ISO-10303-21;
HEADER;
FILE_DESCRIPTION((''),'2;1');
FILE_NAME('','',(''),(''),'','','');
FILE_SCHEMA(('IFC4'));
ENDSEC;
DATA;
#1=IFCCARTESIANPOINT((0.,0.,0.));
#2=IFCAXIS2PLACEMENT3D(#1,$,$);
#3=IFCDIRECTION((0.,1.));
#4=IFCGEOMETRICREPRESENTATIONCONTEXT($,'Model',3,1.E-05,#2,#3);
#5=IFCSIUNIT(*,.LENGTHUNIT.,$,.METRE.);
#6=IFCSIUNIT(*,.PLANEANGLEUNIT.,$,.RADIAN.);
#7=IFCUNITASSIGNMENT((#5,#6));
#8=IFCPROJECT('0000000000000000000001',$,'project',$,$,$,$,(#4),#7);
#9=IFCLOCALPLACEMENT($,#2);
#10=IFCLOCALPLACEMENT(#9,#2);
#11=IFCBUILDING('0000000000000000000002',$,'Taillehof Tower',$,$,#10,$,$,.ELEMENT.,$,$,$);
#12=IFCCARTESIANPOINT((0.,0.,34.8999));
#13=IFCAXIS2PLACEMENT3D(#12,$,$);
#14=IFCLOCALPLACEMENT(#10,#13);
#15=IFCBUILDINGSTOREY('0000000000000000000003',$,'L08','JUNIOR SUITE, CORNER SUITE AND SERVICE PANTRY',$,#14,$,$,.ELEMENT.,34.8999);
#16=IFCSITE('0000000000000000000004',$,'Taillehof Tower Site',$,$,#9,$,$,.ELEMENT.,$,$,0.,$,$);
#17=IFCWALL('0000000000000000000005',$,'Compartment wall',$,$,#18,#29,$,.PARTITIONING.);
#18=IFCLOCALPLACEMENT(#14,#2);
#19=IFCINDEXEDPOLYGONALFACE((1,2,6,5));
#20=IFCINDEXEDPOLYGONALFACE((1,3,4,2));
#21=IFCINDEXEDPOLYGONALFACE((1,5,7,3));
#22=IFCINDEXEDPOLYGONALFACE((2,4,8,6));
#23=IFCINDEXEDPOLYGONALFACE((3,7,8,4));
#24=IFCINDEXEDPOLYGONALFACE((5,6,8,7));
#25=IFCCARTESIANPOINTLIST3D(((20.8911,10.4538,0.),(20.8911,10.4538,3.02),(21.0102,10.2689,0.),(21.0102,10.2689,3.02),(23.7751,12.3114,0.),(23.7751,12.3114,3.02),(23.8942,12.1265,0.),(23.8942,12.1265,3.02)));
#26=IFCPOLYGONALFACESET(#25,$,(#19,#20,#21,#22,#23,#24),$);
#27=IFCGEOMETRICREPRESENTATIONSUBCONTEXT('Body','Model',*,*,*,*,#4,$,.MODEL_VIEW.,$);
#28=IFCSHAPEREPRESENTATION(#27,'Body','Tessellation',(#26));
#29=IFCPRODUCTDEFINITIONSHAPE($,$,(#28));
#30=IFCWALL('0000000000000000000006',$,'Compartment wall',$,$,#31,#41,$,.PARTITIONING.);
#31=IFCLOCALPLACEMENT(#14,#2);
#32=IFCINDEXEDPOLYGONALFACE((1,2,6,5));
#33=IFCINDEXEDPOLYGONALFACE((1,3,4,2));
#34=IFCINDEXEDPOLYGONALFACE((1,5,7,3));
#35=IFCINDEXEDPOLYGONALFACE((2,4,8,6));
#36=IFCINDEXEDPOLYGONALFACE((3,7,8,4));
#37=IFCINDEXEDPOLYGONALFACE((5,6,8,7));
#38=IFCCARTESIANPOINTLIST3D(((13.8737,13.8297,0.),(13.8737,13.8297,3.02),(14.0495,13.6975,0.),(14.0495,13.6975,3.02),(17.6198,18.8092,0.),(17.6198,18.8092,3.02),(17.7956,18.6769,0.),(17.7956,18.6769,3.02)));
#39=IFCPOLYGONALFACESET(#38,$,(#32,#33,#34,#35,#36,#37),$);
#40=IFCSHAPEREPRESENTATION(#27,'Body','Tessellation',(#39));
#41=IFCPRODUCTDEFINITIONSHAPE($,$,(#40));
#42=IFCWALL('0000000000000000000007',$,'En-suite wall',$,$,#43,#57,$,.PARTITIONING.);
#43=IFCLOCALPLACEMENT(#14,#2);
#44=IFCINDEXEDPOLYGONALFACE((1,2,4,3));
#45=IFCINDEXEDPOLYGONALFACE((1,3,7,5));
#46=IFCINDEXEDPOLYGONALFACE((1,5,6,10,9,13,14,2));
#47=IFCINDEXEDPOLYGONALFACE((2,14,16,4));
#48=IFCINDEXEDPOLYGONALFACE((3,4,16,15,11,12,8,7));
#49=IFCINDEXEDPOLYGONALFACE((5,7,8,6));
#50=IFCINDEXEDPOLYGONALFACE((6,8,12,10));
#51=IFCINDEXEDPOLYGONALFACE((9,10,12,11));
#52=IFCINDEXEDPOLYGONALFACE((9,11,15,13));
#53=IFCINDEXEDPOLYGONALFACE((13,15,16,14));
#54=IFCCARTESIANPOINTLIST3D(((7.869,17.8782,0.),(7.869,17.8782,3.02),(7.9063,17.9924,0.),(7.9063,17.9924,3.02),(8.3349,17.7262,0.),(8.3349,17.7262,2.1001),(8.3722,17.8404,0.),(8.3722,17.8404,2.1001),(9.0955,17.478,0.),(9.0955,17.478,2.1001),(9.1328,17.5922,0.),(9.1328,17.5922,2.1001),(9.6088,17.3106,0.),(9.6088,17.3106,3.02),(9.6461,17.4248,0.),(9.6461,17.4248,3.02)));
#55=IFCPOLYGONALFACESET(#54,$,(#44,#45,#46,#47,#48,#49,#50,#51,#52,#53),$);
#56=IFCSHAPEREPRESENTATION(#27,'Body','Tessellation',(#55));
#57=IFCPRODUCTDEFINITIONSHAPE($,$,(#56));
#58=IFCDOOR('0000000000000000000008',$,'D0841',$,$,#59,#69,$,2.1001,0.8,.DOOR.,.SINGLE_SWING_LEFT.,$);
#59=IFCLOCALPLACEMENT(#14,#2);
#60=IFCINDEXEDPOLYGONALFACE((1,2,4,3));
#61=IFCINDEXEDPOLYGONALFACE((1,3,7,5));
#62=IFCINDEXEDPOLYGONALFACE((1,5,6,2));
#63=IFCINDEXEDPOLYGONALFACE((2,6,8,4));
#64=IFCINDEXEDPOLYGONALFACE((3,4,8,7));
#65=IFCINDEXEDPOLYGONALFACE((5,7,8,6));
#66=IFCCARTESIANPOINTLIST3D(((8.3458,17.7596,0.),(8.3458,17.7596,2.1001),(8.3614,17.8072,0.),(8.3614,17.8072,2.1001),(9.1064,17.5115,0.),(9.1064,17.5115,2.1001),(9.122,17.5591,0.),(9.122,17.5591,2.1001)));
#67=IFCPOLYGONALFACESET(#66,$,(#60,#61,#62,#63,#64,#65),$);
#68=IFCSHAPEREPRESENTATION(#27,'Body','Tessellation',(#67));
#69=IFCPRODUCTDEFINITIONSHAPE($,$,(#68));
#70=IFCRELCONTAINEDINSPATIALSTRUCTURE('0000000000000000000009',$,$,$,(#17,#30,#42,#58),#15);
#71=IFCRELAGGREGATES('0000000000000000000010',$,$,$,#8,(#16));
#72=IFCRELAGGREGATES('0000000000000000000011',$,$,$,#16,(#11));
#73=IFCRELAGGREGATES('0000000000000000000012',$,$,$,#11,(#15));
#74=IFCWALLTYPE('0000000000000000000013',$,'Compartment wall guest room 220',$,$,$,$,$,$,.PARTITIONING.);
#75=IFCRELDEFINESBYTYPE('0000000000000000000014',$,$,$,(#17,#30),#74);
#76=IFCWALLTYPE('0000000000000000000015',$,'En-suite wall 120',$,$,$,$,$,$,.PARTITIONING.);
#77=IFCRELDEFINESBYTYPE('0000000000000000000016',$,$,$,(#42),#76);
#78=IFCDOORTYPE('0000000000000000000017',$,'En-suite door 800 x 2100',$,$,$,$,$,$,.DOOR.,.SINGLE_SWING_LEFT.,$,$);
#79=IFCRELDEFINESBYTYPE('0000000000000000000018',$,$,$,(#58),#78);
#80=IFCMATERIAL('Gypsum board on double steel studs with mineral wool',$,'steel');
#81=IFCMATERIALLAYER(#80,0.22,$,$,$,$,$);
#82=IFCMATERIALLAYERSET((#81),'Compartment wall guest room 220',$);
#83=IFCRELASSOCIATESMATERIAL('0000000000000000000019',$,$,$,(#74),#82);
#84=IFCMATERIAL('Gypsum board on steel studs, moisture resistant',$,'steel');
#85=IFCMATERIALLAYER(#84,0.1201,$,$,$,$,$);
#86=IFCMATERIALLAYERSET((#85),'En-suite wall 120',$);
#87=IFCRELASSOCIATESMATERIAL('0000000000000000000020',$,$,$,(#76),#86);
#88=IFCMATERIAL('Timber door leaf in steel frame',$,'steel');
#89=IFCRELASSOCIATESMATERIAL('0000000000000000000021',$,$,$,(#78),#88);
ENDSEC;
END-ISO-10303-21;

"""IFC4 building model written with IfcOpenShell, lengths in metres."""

from ifc_helpers import new_model, si_unit, direction, frame, frame_2d, origin, place, context, subcontext, project, spatial, rectangle, extrude, material, layer, layer_set, type_object, element, fill, save


model = new_model("IFC4")

# Units and contexts
model_context = context("Model", 3, precision=1e-05, world=origin(), true_north=direction((0.0, 1.0)))
body_context = subcontext(model_context, "Body", "Model", "MODEL_VIEW")
ifc_project = project(units=[si_unit("LENGTHUNIT", "METRE"), si_unit("PLANEANGLEUNIT", "RADIAN")], contexts=[model_context])

# Site, building, storey
site_placement = place(None, origin())
site = spatial("IfcSite", under=ifc_project, at=site_placement, Name="Taillehof Tower Site", CompositionType="ELEMENT", RefElevation=0.0)
building_placement = place(site_placement, origin())
building = spatial("IfcBuilding", under=site, at=building_placement, Name="Taillehof Tower", CompositionType="ELEMENT")
storey_placement = place(building_placement, frame((0.0, 0.0, 34.8999)))
storey = spatial("IfcBuildingStorey", under=building, at=storey_placement, Name="L08", Description="JUNIOR SUITE, CORNER SUITE AND SERVICE PANTRY", CompositionType="ELEMENT", Elevation=34.8999)

# Walls
ifc_material_1 = material(Name="Gypsum board on double steel studs with mineral wool", Category="steel")
ifc_layer_1 = layer(ifc_material_1, 0.22)
ifc_layer_set_1 = layer_set([ifc_layer_1], Name="Compartment wall guest room 220")
wall_type_1 = type_object("IfcWallType", Name="Compartment wall guest room 220", PredefinedType="PARTITIONING", material=ifc_layer_set_1)
wall_1_placement = place(storey_placement, frame((23.8347, 12.219, 0.0), z_axis=(0.0, 0.0, 1.0), x_axis=(-0.840695, -0.541509, 0.0)))
element("IfcWall", 1, at=wall_1_placement, inside=storey, type_object=wall_type_1, Name="Compartment wall", PredefinedType="PARTITIONING", context=body_context, shape_type="SweptSolid", body=[
    extrude(rectangle(XDim=3.4304, YDim=0.22, at=frame_2d((1.7153, 0.0))), origin(), (0.0, 0.0, 1.0), 3.02),
])
wall_2_placement = place(storey_placement, frame((17.7078, 18.7432, 0.0), z_axis=(0.0, 0.0, 1.0), x_axis=(-0.601178, -0.799115, 0.0)))
element("IfcWall", 2, at=wall_2_placement, inside=storey, type_object=wall_type_1, Name="Compartment wall", PredefinedType="PARTITIONING", context=body_context, shape_type="SweptSolid", body=[
    extrude(rectangle(XDim=6.2312, YDim=0.22, at=frame_2d((3.1157, 0.0))), origin(), (0.0, 0.0, 1.0), 3.02),
])

# Wall, opening, door
ifc_material_2 = material(Name="Gypsum board on steel studs, moisture resistant", Category="steel")
ifc_layer_2 = layer(ifc_material_2, 0.1201)
ifc_layer_set_2 = layer_set([ifc_layer_2], Name="En-suite wall 120")
wall_type_2 = type_object("IfcWallType", Name="En-suite wall 120", PredefinedType="PARTITIONING", material=ifc_layer_set_2)
wall_3_placement = place(storey_placement, frame((9.6274, 17.3677, 0.0), z_axis=(0.0, 0.0, 1.0), x_axis=(-0.950679, 0.310178, 0.0)))
wall_3 = element("IfcWall", 3, at=wall_3_placement, inside=storey, type_object=wall_type_2, Name="En-suite wall", PredefinedType="PARTITIONING", context=body_context, shape_type="SweptSolid", body=[
    extrude(rectangle(XDim=1.8301, YDim=0.1201, at=frame_2d((0.915, 0.0))), origin(), (0.0, 0.0, 1.0), 3.02),
])
opening_1_placement = place(wall_3_placement, frame((0.54, 0.0, 0.0)))
opening_1 = element("IfcOpeningElement", 4, at=opening_1_placement, cuts=wall_3, PredefinedType="OPENING", context=body_context, shape_type="SweptSolid", body=[
    extrude(rectangle(XDim=0.8, YDim=2.1001, at=frame_2d((0.3999, 1.05))), frame((0.0, 0.0701, 0.0), z_axis=(0.0, -1.0, 0.0), x_axis=(1.0, 0.0, 0.0)), (0.0, 0.0, 1.0), 0.1401),
])
ifc_material_3 = material(Name="Timber door leaf in steel frame", Category="steel")
door_type_1 = type_object("IfcDoorType", Name="En-suite door 800 x 2100", OperationType="SINGLE_SWING_LEFT", PredefinedType="DOOR", material=ifc_material_3)
door_1_placement = place(opening_1_placement, origin())
door_1 = element("IfcDoor", 5, at=door_1_placement, inside=storey, type_object=door_type_1, Name="D0841", OperationType="SINGLE_SWING_LEFT", OverallHeight=2.1001, OverallWidth=0.8, PredefinedType="DOOR", context=body_context, shape_type="SweptSolid", body=[
    extrude(rectangle(XDim=0.8, YDim=2.1001, at=frame_2d((0.3999, 1.05))), frame((0.0, 0.0249, 0.0), z_axis=(0.0, -1.0, 0.0), x_axis=(1.0, 0.0, 0.0)), (0.0, 0.0, 1.0), 0.05),
])
fill(opening_1, door_1)

save(model, "model.ifc")
